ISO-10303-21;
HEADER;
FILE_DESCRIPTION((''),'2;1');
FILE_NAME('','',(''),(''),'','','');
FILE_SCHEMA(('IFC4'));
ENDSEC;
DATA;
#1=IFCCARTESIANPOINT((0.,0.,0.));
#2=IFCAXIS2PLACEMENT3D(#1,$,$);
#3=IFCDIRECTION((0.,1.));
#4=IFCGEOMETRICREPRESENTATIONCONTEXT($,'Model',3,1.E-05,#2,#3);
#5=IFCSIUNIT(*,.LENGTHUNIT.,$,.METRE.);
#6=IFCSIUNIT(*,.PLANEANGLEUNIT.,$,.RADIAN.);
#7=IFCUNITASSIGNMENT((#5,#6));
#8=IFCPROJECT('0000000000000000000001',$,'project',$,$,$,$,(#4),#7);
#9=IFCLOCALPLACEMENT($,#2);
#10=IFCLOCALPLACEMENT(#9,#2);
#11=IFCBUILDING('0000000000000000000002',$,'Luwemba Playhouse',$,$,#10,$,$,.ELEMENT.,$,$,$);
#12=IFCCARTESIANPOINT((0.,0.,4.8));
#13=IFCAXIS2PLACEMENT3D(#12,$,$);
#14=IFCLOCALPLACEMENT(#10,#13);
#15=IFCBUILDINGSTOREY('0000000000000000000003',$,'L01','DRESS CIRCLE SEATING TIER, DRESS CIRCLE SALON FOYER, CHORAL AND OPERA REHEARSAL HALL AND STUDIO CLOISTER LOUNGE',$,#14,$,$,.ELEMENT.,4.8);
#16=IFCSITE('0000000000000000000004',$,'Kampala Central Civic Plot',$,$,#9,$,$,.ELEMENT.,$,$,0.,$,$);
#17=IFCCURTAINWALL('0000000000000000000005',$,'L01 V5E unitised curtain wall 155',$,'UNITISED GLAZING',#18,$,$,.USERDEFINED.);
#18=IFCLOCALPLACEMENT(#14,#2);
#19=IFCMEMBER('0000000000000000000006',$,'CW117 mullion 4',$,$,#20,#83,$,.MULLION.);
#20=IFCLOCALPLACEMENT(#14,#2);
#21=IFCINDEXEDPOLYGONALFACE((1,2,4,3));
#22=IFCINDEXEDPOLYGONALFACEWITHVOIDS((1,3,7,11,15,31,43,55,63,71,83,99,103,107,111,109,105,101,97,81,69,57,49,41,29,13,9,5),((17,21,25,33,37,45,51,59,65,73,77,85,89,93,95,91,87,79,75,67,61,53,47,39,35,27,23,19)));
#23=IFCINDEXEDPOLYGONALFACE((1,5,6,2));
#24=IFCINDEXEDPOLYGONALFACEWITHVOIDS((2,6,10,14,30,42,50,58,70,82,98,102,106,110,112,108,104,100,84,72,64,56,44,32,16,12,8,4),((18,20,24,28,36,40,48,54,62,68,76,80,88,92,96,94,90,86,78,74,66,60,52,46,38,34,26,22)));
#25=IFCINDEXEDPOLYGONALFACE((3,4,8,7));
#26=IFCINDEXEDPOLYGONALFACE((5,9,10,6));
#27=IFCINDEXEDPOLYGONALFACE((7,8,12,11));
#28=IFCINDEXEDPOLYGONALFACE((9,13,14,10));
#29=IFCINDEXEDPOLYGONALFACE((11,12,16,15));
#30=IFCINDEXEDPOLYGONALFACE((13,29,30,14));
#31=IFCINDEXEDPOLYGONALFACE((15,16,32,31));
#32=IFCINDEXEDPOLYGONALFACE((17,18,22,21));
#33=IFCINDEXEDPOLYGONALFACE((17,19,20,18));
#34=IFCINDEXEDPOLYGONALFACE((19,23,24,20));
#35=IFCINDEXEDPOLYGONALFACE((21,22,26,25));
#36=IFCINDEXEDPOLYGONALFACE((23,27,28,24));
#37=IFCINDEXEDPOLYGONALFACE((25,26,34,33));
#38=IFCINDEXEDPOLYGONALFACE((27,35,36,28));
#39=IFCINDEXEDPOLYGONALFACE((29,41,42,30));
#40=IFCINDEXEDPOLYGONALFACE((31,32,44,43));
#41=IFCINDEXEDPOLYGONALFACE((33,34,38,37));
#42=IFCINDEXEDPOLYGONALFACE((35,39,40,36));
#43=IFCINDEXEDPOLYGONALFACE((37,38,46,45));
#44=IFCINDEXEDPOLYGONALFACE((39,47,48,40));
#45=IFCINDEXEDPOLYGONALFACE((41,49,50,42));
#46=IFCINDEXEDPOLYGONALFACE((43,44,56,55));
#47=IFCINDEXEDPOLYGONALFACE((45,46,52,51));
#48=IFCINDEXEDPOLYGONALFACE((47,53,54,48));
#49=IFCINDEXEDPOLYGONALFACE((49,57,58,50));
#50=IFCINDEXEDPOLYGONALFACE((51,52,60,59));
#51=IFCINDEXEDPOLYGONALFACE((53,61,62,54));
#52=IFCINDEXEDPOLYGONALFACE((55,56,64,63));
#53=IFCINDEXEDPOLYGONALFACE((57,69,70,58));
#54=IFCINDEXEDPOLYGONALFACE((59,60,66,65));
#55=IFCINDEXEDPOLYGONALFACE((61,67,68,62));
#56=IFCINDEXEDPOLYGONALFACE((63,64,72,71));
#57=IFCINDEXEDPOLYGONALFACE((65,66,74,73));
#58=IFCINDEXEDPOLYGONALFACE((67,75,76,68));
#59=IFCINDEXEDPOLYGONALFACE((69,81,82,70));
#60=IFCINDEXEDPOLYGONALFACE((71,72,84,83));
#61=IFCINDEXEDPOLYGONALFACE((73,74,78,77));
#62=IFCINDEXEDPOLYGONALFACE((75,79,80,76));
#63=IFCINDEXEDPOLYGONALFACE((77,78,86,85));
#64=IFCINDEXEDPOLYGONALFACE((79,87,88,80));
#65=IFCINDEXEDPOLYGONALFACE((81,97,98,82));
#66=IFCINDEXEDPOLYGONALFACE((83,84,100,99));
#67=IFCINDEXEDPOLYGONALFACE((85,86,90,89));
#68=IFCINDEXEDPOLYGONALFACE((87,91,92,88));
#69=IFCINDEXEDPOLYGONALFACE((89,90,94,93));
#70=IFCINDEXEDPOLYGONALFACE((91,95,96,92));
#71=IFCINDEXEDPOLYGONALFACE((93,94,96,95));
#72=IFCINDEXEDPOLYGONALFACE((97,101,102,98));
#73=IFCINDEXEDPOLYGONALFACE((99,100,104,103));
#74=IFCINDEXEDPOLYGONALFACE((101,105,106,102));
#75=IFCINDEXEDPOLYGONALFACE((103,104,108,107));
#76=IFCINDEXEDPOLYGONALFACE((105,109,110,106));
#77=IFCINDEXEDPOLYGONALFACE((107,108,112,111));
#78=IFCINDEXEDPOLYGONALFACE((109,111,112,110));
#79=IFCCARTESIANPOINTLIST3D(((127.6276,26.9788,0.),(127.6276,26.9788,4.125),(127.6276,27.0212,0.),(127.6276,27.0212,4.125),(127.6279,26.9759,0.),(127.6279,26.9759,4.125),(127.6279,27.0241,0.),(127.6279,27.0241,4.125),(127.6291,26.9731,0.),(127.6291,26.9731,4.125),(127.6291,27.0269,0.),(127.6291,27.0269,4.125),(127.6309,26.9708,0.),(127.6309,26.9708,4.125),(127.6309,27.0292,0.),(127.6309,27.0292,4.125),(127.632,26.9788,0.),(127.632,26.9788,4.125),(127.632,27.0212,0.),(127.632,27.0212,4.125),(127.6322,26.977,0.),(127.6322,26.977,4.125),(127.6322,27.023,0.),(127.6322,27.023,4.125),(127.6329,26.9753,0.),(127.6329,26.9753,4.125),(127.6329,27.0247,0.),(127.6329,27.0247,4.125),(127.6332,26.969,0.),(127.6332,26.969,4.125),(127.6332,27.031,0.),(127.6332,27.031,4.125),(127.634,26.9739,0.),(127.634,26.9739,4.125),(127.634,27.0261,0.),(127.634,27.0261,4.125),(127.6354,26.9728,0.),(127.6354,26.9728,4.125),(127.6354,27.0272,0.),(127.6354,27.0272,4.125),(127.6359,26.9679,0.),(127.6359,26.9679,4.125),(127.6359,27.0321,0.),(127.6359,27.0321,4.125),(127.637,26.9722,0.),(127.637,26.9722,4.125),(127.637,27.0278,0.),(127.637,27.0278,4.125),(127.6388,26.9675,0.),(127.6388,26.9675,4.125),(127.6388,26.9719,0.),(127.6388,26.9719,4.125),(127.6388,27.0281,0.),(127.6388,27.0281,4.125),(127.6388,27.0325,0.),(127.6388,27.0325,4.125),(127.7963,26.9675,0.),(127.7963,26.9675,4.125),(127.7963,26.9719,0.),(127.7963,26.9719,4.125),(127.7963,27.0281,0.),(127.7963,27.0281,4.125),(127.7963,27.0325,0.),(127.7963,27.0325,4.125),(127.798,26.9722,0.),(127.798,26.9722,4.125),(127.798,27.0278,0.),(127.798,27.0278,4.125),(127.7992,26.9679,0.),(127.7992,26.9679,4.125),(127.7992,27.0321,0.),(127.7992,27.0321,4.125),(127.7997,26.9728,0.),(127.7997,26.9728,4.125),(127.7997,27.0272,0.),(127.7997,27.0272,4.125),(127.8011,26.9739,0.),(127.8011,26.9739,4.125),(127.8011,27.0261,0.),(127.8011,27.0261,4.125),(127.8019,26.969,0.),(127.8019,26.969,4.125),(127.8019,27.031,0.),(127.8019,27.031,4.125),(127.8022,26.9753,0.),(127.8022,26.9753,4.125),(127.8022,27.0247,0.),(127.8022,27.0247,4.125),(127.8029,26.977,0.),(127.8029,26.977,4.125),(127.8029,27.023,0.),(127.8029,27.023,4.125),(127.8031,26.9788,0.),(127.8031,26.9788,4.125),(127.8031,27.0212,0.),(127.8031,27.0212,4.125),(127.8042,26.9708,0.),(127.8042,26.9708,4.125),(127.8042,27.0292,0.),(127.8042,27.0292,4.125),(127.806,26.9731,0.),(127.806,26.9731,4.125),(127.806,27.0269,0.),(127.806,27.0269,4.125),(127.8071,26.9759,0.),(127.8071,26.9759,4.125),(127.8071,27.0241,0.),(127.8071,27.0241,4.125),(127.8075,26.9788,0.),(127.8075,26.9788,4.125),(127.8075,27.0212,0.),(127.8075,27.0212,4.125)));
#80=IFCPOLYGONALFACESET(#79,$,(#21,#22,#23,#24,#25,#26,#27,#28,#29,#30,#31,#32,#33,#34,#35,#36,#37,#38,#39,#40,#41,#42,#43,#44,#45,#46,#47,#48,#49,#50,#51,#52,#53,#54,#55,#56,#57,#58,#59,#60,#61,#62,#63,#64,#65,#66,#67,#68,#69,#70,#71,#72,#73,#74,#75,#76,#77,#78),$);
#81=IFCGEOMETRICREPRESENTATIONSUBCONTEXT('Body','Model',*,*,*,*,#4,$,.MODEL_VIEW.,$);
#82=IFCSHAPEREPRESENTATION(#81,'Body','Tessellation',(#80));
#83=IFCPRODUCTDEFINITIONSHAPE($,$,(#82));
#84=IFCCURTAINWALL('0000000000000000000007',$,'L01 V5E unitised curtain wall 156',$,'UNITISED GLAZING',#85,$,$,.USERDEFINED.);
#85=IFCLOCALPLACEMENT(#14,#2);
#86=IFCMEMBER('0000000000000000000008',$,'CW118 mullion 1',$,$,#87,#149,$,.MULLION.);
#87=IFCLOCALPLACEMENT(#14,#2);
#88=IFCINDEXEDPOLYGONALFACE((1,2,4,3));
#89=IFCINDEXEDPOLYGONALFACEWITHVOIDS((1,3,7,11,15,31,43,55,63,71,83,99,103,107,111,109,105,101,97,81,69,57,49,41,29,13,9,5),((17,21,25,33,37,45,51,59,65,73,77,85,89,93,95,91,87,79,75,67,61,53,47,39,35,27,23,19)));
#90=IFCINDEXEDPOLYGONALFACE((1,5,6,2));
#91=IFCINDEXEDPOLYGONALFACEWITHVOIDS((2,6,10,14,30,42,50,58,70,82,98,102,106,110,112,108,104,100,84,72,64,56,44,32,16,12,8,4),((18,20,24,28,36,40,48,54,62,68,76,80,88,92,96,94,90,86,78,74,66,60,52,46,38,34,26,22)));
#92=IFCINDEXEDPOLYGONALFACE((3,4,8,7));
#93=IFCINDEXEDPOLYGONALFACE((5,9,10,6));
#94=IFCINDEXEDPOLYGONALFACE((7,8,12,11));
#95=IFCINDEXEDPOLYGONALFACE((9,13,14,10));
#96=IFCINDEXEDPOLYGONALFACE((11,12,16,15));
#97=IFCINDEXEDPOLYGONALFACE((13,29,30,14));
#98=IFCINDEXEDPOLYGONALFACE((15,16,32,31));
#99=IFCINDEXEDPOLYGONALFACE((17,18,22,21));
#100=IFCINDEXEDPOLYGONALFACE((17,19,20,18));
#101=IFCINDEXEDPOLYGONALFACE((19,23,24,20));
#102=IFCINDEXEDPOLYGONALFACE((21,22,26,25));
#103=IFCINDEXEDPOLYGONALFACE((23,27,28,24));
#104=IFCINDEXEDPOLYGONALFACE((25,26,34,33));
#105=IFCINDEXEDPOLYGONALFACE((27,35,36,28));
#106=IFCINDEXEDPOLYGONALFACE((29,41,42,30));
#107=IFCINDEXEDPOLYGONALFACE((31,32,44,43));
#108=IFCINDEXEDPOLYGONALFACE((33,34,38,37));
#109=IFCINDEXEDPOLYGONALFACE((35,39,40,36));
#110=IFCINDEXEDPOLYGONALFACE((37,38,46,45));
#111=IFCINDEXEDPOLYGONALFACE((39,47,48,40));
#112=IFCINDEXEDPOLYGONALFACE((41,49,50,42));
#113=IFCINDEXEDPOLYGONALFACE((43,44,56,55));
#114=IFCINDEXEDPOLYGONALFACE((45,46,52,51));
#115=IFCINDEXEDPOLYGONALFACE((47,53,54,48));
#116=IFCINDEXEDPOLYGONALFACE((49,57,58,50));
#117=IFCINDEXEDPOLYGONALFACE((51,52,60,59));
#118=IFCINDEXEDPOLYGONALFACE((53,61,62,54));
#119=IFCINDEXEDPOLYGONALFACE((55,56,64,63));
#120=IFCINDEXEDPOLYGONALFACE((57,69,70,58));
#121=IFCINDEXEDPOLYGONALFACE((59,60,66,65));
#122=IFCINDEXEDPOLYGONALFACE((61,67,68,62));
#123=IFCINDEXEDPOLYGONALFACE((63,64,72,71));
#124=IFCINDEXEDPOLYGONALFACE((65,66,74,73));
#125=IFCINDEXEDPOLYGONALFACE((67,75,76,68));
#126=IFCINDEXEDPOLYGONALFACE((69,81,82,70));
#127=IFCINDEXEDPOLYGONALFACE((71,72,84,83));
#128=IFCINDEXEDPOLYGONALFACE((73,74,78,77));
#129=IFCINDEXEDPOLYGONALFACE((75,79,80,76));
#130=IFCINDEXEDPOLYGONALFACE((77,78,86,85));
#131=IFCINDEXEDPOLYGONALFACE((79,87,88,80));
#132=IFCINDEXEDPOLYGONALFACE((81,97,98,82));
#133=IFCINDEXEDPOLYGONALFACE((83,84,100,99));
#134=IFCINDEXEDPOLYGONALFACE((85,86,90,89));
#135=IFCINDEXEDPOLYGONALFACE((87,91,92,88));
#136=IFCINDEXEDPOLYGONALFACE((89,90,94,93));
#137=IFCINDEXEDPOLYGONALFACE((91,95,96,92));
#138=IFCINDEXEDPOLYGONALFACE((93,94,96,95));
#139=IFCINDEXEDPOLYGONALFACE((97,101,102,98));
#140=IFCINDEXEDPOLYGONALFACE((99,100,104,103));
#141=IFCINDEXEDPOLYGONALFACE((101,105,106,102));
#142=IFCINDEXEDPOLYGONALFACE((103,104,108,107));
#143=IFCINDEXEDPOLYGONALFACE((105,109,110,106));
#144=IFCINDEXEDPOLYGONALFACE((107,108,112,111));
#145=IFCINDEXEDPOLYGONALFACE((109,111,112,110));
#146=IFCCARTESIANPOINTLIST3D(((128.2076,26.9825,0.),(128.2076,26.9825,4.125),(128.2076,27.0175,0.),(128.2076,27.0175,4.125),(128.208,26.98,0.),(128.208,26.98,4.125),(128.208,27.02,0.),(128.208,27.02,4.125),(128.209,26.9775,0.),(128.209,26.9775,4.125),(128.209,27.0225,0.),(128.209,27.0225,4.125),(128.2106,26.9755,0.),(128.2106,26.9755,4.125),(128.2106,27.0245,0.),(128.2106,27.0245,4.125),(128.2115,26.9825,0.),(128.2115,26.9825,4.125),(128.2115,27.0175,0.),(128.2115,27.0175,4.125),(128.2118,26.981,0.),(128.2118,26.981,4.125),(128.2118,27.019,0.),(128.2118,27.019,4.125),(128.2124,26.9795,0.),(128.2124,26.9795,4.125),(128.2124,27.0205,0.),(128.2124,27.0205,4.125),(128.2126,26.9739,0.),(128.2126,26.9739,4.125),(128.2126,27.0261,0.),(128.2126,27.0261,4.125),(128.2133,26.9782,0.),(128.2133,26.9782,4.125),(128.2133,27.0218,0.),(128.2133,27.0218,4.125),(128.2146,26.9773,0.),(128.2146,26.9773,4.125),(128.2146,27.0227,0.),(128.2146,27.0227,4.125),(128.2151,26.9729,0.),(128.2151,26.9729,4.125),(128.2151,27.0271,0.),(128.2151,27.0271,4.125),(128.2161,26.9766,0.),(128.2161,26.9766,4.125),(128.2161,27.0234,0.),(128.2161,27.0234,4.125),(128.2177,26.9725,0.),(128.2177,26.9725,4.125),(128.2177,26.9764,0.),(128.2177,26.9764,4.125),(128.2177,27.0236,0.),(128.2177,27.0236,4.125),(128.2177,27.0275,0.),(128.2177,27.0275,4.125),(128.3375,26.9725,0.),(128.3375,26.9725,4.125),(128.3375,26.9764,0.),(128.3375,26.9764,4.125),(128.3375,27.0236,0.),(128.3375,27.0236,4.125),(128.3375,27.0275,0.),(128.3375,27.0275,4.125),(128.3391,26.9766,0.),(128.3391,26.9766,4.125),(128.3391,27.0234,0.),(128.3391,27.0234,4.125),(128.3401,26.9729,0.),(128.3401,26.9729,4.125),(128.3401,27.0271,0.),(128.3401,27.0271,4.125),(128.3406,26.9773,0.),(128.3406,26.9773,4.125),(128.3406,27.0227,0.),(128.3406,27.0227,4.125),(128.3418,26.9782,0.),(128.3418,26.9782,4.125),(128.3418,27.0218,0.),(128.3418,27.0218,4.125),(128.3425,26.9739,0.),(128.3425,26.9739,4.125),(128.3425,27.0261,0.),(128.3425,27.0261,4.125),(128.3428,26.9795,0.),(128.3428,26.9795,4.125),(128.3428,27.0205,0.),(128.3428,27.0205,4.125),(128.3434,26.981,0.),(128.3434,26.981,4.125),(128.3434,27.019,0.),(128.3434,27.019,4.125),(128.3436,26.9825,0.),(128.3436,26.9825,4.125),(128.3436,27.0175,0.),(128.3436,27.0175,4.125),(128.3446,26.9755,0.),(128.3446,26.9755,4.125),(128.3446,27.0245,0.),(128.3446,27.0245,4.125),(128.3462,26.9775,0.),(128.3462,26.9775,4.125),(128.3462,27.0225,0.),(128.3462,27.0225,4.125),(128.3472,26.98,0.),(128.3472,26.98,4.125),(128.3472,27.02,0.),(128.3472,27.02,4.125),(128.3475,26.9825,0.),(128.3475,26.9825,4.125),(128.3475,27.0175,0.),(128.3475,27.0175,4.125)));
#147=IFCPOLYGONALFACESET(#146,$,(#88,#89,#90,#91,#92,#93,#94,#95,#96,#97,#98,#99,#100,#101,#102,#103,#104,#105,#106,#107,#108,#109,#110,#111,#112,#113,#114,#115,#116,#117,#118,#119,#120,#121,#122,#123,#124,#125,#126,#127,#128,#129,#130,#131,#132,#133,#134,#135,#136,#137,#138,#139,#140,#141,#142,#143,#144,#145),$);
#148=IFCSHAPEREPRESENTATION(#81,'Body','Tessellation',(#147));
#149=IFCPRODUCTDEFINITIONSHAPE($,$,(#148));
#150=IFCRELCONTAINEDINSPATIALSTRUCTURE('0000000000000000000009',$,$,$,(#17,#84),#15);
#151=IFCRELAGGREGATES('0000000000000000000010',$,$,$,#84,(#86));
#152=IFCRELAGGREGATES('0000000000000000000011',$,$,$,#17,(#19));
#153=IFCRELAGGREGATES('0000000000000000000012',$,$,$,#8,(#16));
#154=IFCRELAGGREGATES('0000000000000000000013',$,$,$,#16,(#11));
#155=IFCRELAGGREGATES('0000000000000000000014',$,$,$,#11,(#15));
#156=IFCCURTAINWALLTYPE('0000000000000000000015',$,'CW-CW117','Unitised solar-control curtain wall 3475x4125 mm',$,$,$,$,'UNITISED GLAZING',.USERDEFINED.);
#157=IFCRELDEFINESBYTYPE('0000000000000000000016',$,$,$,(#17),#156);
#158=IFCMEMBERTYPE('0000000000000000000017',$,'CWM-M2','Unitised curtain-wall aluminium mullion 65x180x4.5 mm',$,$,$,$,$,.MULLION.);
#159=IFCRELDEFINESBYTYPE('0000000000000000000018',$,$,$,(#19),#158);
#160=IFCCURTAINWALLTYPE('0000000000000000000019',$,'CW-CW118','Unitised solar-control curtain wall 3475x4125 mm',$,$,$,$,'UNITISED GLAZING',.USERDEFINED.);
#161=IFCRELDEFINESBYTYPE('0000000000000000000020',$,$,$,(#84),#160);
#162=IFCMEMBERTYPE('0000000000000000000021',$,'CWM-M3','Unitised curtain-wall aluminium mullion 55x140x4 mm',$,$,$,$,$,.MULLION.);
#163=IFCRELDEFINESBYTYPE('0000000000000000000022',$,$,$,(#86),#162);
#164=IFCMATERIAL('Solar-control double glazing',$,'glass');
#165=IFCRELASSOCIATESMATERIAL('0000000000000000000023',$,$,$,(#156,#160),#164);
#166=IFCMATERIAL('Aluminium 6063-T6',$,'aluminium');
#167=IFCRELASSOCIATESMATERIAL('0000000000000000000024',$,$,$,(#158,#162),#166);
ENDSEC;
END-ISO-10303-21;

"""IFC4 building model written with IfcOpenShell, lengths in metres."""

from ifc_helpers import new_model, si_unit, direction, frame, origin, origin_2d, place, context, subcontext, project, spatial, hollow_rectangle, extrude, material, material_profile, profile_set, type_object, element, aggregate, save


model = new_model("IFC4")

# Units and contexts
model_context = context("Model", 3, precision=1e-05, world=origin(), true_north=direction((0.0, 1.0)))
body_context = subcontext(model_context, "Body", "Model", "MODEL_VIEW")
ifc_project = project(units=[si_unit("LENGTHUNIT", "METRE"), si_unit("PLANEANGLEUNIT", "RADIAN")], contexts=[model_context])

# Site, building, storey
site_placement = place(None, origin())
site = spatial("IfcSite", under=ifc_project, at=site_placement, Name="Kampala Central Civic Plot", CompositionType="ELEMENT", RefElevation=0.0)
building_placement = place(site_placement, origin())
building = spatial("IfcBuilding", under=site, at=building_placement, Name="Luwemba Playhouse", CompositionType="ELEMENT")
storey_placement = place(building_placement, frame((0.0, 0.0, 4.8)))
storey = spatial("IfcBuildingStorey", under=building, at=storey_placement, Name="L01", Description="DRESS CIRCLE SEATING TIER, DRESS CIRCLE SALON FOYER, CHORAL AND OPERA REHEARSAL HALL AND STUDIO CLOISTER LOUNGE", CompositionType="ELEMENT", Elevation=4.8)

# Curtain wall, member
ifc_material_1 = material(Name="Solar-control double glazing", Category="glass")
curtain_wall_type_1 = type_object("IfcCurtainWallType", Name="CW-CW117", Description="Unitised solar-control curtain wall 3475x4125 mm", ElementType="UNITISED GLAZING", PredefinedType="USERDEFINED", material=ifc_material_1)
curtain_wall_1_placement = place(storey_placement, origin())
curtain_wall_1 = element("IfcCurtainWall", 1, at=curtain_wall_1_placement, inside=storey, type_object=curtain_wall_type_1, Name="L01 V5E unitised curtain wall 155", ObjectType="UNITISED GLAZING", PredefinedType="USERDEFINED")
ifc_material_2 = material(Name="Aluminium 6063-T6", Category="aluminium")
ifc_material_profile_1 = material_profile(ifc_material_2, hollow_rectangle(XDim=0.0649, YDim=0.1799, WallThickness=0.0044, InnerFilletRadius=0.0068, OuterFilletRadius=0.0112, at=origin_2d()))
ifc_profile_set_1 = profile_set([ifc_material_profile_1], Name="Aluminium 6063-T6")
member_type_1 = type_object("IfcMemberType", Name="CWM-M2", Description="Unitised curtain-wall aluminium mullion 65x180x4.5 mm", PredefinedType="MULLION", material=ifc_profile_set_1)
member_1_placement = place(storey_placement, frame((127.7175, 27.0, 0.0), z_axis=(0.0, 0.0, 1.0), x_axis=(0.0, 1.0, 0.0)))
member_1 = element("IfcMember", 2, at=member_1_placement, type_object=member_type_1, Name="CW117 mullion 4", PredefinedType="MULLION", context=body_context, shape_type="SweptSolid", body=[
    extrude(hollow_rectangle(XDim=0.0649, YDim=0.1799, WallThickness=0.0044, InnerFilletRadius=0.0068, OuterFilletRadius=0.0112, at=origin_2d()), origin(), (0.0, 0.0, 1.0), 4.125),
])

# Curtain wall, member
curtain_wall_type_2 = type_object("IfcCurtainWallType", Name="CW-CW118", Description="Unitised solar-control curtain wall 3475x4125 mm", ElementType="UNITISED GLAZING", PredefinedType="USERDEFINED", material=ifc_material_1)
curtain_wall_2_placement = place(storey_placement, origin())
curtain_wall_2 = element("IfcCurtainWall", 3, at=curtain_wall_2_placement, inside=storey, type_object=curtain_wall_type_2, Name="L01 V5E unitised curtain wall 156", ObjectType="UNITISED GLAZING", PredefinedType="USERDEFINED")
ifc_material_profile_2 = material_profile(ifc_material_2, hollow_rectangle(XDim=0.0549, YDim=0.1399, WallThickness=0.0039, InnerFilletRadius=0.0061, OuterFilletRadius=0.01, at=origin_2d()))
ifc_profile_set_2 = profile_set([ifc_material_profile_2], Name="Aluminium 6063-T6")
member_type_2 = type_object("IfcMemberType", Name="CWM-M3", Description="Unitised curtain-wall aluminium mullion 55x140x4 mm", PredefinedType="MULLION", material=ifc_profile_set_2)
member_2_placement = place(storey_placement, frame((128.2776, 27.0, 0.0), z_axis=(0.0, 0.0, 1.0), x_axis=(0.0, 1.0, 0.0)))
member_2 = element("IfcMember", 4, at=member_2_placement, type_object=member_type_2, Name="CW118 mullion 1", PredefinedType="MULLION", context=body_context, shape_type="SweptSolid", body=[
    extrude(hollow_rectangle(XDim=0.0549, YDim=0.1399, WallThickness=0.0039, InnerFilletRadius=0.0061, OuterFilletRadius=0.01, at=origin_2d()), origin(), (0.0, 0.0, 1.0), 4.125),
])

aggregate(curtain_wall_2, [member_2])

aggregate(curtain_wall_1, [member_1])

save(model, "model.ifc")
